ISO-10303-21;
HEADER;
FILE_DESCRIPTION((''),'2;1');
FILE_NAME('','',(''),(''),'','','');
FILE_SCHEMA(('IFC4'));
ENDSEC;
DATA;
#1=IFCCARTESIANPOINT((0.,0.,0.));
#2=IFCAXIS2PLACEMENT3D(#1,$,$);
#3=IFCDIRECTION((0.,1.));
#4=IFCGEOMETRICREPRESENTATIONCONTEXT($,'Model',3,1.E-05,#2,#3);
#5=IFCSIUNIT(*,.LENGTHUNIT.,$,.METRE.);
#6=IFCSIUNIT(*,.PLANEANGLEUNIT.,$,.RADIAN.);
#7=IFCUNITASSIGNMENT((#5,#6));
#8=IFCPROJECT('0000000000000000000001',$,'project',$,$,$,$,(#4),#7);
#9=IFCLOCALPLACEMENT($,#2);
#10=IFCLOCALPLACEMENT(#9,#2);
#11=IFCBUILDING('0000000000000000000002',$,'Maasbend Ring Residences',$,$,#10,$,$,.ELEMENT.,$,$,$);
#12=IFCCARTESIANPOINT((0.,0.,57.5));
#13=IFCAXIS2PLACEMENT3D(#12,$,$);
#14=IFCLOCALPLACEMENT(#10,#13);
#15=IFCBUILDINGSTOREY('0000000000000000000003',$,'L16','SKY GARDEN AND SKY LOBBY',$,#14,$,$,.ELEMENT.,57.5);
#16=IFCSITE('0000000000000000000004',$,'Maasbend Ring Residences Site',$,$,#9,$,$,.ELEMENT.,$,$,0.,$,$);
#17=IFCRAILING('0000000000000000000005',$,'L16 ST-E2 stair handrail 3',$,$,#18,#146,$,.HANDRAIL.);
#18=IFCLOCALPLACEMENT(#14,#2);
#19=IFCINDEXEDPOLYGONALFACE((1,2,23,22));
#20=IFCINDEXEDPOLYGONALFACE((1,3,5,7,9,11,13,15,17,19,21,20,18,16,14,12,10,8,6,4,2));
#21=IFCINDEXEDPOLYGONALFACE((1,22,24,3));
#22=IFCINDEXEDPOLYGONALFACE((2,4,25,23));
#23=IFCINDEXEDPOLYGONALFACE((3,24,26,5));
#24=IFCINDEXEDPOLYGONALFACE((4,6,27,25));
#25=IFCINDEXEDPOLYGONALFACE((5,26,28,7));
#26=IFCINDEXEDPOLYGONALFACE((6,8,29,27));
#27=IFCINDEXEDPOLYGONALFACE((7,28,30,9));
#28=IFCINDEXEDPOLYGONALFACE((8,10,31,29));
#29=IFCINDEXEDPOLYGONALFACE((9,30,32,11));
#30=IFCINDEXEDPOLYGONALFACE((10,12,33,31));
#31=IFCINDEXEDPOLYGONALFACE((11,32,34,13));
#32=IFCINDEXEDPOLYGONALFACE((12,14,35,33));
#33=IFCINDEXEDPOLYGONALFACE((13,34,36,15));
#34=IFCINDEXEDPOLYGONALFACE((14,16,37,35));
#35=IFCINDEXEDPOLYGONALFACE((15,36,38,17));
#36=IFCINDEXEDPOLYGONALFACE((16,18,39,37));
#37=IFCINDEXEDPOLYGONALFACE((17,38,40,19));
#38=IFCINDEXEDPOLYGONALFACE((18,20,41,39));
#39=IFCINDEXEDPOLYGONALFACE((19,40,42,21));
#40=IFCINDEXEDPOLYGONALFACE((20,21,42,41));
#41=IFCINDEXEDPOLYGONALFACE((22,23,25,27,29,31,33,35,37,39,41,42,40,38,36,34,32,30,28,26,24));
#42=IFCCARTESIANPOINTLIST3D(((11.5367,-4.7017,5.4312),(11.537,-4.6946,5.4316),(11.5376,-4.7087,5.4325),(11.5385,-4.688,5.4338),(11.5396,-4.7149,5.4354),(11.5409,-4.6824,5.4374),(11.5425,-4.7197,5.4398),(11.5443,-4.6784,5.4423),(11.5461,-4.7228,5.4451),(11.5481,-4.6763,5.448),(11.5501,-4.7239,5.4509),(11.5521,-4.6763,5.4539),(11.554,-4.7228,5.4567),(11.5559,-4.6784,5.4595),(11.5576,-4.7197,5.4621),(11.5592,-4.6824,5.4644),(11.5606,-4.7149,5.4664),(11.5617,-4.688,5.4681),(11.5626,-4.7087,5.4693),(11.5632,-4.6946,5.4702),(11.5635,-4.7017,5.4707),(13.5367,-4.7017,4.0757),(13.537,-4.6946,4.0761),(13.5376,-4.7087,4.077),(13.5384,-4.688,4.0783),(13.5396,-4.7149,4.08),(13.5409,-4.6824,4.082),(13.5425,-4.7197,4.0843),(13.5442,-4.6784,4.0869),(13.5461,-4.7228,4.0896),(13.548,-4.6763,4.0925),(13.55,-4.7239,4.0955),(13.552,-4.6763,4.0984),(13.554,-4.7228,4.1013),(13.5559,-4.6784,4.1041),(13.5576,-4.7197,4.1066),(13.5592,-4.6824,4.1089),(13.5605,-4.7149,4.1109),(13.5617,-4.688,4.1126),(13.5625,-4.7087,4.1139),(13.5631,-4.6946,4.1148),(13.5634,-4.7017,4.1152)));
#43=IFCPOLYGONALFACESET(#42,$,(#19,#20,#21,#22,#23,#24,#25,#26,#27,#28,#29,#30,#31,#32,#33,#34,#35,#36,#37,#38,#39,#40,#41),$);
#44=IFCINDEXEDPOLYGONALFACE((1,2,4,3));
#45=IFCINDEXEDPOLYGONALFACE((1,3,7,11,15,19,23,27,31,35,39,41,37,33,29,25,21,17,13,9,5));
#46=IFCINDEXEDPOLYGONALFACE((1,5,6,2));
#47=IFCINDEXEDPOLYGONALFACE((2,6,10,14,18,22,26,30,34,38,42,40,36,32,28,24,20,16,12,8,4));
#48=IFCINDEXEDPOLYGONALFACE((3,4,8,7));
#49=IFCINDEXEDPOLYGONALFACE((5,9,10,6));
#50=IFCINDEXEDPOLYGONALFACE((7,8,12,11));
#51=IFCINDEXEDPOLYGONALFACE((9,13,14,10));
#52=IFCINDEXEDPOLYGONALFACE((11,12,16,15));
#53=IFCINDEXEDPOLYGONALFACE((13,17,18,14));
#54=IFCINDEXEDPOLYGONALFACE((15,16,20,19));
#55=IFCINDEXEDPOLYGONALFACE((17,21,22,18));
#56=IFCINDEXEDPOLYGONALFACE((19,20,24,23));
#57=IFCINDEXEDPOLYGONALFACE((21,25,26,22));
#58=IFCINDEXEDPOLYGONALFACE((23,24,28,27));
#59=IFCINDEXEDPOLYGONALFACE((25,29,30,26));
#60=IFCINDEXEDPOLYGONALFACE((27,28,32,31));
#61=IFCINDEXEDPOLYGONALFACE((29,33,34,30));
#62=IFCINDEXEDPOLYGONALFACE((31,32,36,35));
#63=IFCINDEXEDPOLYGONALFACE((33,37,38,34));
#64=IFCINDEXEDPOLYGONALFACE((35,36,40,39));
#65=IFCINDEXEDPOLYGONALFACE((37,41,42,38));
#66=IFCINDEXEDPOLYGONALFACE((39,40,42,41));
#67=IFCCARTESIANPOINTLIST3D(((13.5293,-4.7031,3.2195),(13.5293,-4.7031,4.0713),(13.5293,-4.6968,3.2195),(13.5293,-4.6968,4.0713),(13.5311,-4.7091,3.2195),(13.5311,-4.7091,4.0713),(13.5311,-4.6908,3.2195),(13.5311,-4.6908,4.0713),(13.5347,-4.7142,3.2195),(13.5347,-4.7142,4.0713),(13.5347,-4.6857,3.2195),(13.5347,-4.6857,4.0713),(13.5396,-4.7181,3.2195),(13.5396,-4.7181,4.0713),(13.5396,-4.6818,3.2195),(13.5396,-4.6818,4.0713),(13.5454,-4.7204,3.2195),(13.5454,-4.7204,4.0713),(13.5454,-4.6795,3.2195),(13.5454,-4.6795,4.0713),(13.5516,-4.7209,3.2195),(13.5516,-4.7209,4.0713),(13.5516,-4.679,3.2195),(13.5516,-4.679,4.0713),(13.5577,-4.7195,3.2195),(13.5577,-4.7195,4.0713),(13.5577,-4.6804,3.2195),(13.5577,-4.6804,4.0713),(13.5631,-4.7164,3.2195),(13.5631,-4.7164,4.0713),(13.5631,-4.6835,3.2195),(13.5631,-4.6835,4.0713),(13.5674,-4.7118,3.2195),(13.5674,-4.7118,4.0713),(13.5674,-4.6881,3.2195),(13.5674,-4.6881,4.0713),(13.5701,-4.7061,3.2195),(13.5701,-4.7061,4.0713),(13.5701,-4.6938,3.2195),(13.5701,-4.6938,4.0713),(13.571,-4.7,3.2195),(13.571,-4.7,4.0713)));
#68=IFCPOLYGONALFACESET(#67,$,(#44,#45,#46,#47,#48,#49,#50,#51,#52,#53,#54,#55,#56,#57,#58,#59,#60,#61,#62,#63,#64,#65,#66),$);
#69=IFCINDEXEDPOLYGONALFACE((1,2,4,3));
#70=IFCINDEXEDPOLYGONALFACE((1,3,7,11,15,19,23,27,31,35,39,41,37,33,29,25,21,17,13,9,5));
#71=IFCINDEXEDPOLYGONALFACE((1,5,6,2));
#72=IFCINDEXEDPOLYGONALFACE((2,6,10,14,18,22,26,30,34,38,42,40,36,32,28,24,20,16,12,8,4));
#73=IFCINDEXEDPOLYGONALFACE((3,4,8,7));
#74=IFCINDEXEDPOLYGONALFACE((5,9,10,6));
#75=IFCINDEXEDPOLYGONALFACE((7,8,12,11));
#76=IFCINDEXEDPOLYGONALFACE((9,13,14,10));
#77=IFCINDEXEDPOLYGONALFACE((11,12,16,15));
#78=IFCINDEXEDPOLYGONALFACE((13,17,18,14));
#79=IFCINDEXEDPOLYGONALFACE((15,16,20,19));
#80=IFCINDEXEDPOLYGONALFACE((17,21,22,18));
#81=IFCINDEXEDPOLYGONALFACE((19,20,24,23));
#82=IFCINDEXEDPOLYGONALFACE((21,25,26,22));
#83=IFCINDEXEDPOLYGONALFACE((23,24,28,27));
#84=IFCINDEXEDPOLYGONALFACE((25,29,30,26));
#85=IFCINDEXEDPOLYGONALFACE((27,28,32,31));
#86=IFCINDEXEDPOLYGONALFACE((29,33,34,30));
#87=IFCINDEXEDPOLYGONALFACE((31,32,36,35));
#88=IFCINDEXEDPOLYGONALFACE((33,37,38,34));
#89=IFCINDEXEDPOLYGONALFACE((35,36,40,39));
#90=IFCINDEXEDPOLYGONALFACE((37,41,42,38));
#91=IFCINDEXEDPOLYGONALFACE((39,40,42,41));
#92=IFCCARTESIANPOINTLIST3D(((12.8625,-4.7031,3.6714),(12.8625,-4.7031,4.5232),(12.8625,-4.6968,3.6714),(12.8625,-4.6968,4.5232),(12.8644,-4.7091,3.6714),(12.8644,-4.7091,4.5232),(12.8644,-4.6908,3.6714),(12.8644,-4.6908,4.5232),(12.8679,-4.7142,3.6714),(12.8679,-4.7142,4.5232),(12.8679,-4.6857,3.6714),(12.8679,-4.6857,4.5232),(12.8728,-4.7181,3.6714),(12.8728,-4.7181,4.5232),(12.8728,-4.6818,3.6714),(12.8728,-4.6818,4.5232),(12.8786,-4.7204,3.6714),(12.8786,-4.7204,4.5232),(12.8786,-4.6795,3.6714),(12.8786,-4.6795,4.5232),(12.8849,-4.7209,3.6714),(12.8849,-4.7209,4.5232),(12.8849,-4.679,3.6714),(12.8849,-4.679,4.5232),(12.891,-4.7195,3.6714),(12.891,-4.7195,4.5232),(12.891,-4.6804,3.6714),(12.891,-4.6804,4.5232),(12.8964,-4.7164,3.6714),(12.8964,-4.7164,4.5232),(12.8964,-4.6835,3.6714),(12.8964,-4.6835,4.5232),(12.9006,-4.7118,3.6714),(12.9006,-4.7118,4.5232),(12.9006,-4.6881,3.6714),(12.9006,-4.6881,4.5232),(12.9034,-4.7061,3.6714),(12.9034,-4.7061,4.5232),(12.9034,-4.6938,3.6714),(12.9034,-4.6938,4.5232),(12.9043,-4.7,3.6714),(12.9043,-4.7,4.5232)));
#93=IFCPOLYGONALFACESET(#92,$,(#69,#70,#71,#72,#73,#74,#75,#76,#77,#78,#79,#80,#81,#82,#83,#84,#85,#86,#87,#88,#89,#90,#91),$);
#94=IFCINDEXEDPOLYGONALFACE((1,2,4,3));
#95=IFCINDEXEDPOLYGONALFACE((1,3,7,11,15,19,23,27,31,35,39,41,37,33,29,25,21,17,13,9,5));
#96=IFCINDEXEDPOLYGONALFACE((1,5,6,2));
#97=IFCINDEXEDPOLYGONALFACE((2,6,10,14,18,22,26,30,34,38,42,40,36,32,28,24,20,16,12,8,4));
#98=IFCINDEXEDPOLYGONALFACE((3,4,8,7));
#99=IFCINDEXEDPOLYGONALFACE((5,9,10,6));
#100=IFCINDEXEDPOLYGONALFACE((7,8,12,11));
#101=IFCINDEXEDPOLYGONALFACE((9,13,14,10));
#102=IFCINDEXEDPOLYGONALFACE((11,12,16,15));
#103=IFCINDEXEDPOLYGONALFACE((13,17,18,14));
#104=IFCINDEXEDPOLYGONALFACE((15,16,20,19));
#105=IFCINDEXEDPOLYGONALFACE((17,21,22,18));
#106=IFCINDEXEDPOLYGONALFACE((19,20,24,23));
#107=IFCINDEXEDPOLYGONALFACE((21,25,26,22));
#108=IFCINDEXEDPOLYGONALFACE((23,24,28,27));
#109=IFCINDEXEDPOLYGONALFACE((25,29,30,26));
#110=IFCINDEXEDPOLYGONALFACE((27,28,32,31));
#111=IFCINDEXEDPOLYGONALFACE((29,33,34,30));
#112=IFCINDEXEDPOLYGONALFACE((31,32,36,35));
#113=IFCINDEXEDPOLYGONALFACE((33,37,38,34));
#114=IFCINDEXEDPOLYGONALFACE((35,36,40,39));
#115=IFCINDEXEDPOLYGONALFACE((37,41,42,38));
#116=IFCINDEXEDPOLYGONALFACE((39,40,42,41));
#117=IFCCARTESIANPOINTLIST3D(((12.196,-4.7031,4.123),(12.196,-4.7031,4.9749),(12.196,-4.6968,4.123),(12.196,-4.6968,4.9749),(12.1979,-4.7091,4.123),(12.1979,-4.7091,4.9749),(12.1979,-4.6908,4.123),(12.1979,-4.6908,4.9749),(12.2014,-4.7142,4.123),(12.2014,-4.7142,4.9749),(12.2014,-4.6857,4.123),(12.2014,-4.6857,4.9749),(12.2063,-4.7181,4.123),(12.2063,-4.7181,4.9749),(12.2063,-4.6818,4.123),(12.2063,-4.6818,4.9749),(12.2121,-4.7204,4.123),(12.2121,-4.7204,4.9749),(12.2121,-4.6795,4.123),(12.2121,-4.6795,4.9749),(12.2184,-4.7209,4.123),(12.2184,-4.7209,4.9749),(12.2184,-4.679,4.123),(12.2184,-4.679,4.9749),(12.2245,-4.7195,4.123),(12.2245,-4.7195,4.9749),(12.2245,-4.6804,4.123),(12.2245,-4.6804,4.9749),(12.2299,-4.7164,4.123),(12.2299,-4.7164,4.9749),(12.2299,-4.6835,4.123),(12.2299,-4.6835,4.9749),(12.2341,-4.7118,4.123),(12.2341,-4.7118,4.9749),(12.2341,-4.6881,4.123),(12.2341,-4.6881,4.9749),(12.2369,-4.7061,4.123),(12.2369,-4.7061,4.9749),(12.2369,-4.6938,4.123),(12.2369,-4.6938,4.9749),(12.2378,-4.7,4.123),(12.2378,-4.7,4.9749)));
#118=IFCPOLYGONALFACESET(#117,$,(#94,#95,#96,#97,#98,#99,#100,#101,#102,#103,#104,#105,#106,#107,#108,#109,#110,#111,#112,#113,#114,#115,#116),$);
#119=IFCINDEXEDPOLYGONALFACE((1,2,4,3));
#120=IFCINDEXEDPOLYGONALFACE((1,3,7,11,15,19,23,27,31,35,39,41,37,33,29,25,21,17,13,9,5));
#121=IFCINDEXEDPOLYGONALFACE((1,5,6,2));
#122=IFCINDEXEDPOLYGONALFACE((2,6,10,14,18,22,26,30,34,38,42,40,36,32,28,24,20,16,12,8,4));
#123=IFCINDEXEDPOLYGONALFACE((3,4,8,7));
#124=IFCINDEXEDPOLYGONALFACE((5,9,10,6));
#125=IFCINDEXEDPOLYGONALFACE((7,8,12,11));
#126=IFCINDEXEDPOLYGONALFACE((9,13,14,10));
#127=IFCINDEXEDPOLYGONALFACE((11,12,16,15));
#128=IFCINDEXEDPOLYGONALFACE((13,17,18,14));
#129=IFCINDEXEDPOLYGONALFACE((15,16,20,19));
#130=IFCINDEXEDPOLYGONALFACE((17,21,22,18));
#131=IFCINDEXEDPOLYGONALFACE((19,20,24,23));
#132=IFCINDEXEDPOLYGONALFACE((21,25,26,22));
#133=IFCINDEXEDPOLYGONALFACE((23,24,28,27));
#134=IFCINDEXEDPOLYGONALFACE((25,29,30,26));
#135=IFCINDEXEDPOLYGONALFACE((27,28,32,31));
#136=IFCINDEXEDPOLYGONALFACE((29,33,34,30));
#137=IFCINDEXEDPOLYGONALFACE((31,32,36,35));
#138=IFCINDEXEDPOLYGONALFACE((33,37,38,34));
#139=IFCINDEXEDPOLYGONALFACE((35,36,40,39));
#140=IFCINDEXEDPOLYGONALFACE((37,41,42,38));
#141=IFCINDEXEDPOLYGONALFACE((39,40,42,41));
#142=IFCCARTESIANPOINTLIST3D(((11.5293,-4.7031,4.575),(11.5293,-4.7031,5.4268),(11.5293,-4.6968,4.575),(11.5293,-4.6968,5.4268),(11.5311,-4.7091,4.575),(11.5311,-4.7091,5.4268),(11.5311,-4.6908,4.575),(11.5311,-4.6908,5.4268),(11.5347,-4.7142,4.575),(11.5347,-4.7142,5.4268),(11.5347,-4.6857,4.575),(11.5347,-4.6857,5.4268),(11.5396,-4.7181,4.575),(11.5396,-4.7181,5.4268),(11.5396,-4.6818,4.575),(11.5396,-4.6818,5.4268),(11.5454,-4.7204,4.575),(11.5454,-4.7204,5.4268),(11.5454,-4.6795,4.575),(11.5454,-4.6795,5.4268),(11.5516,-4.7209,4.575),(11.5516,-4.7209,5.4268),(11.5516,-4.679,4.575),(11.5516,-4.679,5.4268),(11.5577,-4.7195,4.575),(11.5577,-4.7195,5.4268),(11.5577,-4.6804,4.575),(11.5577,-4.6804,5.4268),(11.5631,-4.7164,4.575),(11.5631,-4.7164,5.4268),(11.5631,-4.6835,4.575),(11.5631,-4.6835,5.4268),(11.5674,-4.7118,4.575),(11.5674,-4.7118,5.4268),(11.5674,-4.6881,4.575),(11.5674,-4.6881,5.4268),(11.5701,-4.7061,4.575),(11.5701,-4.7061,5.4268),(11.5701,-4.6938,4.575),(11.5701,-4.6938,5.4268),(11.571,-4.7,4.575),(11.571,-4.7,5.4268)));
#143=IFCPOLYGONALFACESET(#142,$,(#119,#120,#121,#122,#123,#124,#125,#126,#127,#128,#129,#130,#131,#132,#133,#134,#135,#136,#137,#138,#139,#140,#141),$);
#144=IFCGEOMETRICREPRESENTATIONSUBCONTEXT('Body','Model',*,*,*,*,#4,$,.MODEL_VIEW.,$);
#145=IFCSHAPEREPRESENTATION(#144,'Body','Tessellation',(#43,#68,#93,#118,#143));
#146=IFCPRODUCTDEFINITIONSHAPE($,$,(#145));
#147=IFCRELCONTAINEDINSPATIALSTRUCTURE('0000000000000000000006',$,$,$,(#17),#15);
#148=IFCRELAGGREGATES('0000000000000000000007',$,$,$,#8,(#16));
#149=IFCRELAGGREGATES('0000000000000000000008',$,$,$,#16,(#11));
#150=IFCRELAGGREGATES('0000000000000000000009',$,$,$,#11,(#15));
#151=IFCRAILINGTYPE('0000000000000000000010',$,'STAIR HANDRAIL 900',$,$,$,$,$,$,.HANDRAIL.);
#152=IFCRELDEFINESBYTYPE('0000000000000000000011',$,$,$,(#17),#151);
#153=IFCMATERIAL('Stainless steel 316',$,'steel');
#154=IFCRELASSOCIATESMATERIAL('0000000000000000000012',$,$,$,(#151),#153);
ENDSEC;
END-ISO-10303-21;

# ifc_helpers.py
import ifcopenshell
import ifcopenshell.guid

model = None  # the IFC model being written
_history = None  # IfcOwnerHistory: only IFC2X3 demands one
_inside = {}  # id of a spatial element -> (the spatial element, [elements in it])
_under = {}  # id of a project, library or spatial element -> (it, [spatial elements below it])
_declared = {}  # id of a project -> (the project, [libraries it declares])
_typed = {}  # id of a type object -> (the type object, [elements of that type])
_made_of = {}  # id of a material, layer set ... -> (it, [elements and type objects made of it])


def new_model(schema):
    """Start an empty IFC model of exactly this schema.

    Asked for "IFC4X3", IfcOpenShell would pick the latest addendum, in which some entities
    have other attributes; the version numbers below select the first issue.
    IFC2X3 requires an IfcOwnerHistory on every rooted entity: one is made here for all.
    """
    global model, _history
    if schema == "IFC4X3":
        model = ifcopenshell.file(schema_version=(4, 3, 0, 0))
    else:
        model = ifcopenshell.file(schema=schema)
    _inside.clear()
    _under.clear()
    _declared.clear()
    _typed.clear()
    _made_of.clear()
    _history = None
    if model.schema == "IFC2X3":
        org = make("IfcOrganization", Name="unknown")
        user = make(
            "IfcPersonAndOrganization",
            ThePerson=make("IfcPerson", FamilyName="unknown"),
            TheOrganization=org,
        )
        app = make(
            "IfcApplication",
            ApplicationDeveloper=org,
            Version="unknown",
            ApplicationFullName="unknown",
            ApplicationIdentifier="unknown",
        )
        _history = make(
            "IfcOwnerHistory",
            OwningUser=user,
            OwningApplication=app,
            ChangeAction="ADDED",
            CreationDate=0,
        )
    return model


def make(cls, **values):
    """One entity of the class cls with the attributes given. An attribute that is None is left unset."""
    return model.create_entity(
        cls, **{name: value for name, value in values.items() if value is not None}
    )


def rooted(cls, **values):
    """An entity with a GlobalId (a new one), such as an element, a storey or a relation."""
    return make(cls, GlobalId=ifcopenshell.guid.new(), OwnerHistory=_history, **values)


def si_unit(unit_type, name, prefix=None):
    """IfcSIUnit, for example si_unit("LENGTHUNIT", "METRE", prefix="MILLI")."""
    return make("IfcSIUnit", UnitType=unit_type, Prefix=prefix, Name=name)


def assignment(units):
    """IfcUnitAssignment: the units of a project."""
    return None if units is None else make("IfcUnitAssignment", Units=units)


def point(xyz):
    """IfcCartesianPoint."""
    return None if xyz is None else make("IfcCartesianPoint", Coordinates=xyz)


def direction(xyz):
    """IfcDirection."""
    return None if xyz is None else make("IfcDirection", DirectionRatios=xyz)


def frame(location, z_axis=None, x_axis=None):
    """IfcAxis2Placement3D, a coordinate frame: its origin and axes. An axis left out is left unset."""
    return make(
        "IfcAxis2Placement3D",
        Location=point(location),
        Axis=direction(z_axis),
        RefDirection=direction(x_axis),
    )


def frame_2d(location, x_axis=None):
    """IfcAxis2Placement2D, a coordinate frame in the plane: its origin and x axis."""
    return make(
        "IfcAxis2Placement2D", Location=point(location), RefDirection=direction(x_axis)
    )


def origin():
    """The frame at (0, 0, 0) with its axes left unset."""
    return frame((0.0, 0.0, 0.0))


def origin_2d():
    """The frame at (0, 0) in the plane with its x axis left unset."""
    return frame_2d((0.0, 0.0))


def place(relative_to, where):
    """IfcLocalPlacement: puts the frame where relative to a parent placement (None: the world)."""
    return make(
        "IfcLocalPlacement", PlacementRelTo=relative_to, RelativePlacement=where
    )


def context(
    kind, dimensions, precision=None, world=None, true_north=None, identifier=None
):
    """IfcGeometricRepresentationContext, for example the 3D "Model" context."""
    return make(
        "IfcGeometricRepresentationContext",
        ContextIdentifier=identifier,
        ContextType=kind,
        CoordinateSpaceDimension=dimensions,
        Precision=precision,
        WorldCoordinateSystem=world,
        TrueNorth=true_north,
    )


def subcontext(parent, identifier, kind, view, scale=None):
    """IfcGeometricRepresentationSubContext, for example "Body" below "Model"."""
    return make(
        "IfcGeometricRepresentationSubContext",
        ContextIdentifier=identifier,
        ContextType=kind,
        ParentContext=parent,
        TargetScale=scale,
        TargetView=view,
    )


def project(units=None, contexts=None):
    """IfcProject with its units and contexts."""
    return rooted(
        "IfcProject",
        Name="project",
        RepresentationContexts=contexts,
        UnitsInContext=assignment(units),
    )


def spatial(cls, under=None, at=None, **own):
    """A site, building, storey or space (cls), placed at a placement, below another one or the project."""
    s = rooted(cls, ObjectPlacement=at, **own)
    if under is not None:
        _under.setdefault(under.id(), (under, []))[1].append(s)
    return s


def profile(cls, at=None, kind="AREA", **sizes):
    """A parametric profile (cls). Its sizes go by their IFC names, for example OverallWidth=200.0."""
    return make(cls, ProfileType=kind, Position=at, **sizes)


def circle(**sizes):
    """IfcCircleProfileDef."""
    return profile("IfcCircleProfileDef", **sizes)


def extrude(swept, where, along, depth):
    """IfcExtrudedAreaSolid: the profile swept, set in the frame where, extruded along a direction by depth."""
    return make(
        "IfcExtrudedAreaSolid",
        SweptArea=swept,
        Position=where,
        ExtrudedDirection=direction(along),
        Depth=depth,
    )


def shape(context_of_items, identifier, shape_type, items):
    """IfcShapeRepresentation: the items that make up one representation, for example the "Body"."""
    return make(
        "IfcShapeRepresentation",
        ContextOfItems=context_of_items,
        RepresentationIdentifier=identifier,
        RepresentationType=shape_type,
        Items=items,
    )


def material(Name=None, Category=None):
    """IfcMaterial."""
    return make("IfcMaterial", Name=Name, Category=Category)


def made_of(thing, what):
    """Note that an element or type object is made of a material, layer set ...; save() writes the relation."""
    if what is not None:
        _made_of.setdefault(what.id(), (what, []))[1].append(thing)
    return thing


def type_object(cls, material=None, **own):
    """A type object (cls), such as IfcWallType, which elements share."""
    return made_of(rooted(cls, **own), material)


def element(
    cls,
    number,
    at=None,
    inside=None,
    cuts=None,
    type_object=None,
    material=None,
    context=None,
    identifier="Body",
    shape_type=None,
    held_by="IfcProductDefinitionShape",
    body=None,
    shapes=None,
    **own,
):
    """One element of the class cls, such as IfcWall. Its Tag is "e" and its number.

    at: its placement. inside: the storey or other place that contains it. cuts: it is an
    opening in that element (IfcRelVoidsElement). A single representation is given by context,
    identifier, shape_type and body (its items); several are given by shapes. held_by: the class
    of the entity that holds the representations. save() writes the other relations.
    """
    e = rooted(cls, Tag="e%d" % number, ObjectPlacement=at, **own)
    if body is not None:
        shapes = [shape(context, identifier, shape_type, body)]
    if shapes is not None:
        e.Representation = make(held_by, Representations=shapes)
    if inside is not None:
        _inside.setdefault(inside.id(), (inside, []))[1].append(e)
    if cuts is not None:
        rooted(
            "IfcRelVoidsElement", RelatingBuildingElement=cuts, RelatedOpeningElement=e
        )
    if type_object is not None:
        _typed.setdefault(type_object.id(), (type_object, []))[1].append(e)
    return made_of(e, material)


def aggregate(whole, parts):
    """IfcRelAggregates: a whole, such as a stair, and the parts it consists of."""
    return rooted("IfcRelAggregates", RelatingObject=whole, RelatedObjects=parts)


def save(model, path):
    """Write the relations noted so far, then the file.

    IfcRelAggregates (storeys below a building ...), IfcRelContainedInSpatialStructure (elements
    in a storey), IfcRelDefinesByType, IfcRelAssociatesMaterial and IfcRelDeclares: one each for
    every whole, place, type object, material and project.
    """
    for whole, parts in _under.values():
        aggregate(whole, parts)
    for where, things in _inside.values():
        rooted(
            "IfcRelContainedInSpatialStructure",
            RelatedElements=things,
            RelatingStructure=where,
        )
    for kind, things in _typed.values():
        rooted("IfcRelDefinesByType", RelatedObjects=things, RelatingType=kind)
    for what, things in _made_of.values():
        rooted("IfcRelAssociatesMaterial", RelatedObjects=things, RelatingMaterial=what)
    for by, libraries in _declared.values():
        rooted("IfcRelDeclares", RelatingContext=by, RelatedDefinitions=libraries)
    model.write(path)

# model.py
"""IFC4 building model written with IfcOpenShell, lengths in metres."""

from ifc_helpers import new_model, si_unit, direction, frame, origin, origin_2d, place, context, subcontext, project, spatial, circle, extrude, material, type_object, element, save


model = new_model("IFC4")

# Units and contexts
model_context = context("Model", 3, precision=1e-05, world=origin(), true_north=direction((0.0, 1.0)))
body_context = subcontext(model_context, "Body", "Model", "MODEL_VIEW")
ifc_project = project(units=[si_unit("LENGTHUNIT", "METRE"), si_unit("PLANEANGLEUNIT", "RADIAN")], contexts=[model_context])

# Site, building, storey
site_placement = place(None, origin())
site = spatial("IfcSite", under=ifc_project, at=site_placement, Name="Maasbend Ring Residences Site", CompositionType="ELEMENT", RefElevation=0.0)
building_placement = place(site_placement, origin())
building = spatial("IfcBuilding", under=site, at=building_placement, Name="Maasbend Ring Residences", CompositionType="ELEMENT")
storey_placement = place(building_placement, frame((0.0, 0.0, 57.5)))
storey = spatial("IfcBuildingStorey", under=building, at=storey_placement, Name="L16", Description="SKY GARDEN AND SKY LOBBY", CompositionType="ELEMENT", Elevation=57.5)

# Railing
ifc_material_1 = material(Name="Stainless steel 316", Category="steel")
railing_type_1 = type_object("IfcRailingType", Name="STAIR HANDRAIL 900", PredefinedType="HANDRAIL", material=ifc_material_1)
railing_1_placement = place(storey_placement, frame((13.55, -4.7, 3.2195)))
element("IfcRailing", 1, at=railing_1_placement, inside=storey, type_object=railing_type_1, Name="L16 ST-E2 stair handrail 3", PredefinedType="HANDRAIL", context=body_context, shape_type="SweptSolid", body=[
    extrude(circle(Radius=0.0239, at=origin_2d()), frame((0.0, 0.0, 0.876), z_axis=(-0.827798, 0.0, 0.561027), x_axis=(0.0, -1.0, 0.0)), (0.0, 0.0, 1.0), 2.416),
    extrude(circle(Radius=0.021, at=origin_2d()), origin(), (0.0, 0.0, 1.0), 0.8518),
    extrude(circle(Radius=0.021, at=origin_2d()), frame((-0.6667, 0.0, 0.4519)), (0.0, 0.0, 1.0), 0.8518),
    extrude(circle(Radius=0.021, at=origin_2d()), frame((-1.3333, 0.0, 0.9036)), (0.0, 0.0, 1.0), 0.8518),
    extrude(circle(Radius=0.021, at=origin_2d()), frame((-2.0, 0.0, 1.3555)), (0.0, 0.0, 1.0), 0.8518),
])

save(model, "model.ifc")
